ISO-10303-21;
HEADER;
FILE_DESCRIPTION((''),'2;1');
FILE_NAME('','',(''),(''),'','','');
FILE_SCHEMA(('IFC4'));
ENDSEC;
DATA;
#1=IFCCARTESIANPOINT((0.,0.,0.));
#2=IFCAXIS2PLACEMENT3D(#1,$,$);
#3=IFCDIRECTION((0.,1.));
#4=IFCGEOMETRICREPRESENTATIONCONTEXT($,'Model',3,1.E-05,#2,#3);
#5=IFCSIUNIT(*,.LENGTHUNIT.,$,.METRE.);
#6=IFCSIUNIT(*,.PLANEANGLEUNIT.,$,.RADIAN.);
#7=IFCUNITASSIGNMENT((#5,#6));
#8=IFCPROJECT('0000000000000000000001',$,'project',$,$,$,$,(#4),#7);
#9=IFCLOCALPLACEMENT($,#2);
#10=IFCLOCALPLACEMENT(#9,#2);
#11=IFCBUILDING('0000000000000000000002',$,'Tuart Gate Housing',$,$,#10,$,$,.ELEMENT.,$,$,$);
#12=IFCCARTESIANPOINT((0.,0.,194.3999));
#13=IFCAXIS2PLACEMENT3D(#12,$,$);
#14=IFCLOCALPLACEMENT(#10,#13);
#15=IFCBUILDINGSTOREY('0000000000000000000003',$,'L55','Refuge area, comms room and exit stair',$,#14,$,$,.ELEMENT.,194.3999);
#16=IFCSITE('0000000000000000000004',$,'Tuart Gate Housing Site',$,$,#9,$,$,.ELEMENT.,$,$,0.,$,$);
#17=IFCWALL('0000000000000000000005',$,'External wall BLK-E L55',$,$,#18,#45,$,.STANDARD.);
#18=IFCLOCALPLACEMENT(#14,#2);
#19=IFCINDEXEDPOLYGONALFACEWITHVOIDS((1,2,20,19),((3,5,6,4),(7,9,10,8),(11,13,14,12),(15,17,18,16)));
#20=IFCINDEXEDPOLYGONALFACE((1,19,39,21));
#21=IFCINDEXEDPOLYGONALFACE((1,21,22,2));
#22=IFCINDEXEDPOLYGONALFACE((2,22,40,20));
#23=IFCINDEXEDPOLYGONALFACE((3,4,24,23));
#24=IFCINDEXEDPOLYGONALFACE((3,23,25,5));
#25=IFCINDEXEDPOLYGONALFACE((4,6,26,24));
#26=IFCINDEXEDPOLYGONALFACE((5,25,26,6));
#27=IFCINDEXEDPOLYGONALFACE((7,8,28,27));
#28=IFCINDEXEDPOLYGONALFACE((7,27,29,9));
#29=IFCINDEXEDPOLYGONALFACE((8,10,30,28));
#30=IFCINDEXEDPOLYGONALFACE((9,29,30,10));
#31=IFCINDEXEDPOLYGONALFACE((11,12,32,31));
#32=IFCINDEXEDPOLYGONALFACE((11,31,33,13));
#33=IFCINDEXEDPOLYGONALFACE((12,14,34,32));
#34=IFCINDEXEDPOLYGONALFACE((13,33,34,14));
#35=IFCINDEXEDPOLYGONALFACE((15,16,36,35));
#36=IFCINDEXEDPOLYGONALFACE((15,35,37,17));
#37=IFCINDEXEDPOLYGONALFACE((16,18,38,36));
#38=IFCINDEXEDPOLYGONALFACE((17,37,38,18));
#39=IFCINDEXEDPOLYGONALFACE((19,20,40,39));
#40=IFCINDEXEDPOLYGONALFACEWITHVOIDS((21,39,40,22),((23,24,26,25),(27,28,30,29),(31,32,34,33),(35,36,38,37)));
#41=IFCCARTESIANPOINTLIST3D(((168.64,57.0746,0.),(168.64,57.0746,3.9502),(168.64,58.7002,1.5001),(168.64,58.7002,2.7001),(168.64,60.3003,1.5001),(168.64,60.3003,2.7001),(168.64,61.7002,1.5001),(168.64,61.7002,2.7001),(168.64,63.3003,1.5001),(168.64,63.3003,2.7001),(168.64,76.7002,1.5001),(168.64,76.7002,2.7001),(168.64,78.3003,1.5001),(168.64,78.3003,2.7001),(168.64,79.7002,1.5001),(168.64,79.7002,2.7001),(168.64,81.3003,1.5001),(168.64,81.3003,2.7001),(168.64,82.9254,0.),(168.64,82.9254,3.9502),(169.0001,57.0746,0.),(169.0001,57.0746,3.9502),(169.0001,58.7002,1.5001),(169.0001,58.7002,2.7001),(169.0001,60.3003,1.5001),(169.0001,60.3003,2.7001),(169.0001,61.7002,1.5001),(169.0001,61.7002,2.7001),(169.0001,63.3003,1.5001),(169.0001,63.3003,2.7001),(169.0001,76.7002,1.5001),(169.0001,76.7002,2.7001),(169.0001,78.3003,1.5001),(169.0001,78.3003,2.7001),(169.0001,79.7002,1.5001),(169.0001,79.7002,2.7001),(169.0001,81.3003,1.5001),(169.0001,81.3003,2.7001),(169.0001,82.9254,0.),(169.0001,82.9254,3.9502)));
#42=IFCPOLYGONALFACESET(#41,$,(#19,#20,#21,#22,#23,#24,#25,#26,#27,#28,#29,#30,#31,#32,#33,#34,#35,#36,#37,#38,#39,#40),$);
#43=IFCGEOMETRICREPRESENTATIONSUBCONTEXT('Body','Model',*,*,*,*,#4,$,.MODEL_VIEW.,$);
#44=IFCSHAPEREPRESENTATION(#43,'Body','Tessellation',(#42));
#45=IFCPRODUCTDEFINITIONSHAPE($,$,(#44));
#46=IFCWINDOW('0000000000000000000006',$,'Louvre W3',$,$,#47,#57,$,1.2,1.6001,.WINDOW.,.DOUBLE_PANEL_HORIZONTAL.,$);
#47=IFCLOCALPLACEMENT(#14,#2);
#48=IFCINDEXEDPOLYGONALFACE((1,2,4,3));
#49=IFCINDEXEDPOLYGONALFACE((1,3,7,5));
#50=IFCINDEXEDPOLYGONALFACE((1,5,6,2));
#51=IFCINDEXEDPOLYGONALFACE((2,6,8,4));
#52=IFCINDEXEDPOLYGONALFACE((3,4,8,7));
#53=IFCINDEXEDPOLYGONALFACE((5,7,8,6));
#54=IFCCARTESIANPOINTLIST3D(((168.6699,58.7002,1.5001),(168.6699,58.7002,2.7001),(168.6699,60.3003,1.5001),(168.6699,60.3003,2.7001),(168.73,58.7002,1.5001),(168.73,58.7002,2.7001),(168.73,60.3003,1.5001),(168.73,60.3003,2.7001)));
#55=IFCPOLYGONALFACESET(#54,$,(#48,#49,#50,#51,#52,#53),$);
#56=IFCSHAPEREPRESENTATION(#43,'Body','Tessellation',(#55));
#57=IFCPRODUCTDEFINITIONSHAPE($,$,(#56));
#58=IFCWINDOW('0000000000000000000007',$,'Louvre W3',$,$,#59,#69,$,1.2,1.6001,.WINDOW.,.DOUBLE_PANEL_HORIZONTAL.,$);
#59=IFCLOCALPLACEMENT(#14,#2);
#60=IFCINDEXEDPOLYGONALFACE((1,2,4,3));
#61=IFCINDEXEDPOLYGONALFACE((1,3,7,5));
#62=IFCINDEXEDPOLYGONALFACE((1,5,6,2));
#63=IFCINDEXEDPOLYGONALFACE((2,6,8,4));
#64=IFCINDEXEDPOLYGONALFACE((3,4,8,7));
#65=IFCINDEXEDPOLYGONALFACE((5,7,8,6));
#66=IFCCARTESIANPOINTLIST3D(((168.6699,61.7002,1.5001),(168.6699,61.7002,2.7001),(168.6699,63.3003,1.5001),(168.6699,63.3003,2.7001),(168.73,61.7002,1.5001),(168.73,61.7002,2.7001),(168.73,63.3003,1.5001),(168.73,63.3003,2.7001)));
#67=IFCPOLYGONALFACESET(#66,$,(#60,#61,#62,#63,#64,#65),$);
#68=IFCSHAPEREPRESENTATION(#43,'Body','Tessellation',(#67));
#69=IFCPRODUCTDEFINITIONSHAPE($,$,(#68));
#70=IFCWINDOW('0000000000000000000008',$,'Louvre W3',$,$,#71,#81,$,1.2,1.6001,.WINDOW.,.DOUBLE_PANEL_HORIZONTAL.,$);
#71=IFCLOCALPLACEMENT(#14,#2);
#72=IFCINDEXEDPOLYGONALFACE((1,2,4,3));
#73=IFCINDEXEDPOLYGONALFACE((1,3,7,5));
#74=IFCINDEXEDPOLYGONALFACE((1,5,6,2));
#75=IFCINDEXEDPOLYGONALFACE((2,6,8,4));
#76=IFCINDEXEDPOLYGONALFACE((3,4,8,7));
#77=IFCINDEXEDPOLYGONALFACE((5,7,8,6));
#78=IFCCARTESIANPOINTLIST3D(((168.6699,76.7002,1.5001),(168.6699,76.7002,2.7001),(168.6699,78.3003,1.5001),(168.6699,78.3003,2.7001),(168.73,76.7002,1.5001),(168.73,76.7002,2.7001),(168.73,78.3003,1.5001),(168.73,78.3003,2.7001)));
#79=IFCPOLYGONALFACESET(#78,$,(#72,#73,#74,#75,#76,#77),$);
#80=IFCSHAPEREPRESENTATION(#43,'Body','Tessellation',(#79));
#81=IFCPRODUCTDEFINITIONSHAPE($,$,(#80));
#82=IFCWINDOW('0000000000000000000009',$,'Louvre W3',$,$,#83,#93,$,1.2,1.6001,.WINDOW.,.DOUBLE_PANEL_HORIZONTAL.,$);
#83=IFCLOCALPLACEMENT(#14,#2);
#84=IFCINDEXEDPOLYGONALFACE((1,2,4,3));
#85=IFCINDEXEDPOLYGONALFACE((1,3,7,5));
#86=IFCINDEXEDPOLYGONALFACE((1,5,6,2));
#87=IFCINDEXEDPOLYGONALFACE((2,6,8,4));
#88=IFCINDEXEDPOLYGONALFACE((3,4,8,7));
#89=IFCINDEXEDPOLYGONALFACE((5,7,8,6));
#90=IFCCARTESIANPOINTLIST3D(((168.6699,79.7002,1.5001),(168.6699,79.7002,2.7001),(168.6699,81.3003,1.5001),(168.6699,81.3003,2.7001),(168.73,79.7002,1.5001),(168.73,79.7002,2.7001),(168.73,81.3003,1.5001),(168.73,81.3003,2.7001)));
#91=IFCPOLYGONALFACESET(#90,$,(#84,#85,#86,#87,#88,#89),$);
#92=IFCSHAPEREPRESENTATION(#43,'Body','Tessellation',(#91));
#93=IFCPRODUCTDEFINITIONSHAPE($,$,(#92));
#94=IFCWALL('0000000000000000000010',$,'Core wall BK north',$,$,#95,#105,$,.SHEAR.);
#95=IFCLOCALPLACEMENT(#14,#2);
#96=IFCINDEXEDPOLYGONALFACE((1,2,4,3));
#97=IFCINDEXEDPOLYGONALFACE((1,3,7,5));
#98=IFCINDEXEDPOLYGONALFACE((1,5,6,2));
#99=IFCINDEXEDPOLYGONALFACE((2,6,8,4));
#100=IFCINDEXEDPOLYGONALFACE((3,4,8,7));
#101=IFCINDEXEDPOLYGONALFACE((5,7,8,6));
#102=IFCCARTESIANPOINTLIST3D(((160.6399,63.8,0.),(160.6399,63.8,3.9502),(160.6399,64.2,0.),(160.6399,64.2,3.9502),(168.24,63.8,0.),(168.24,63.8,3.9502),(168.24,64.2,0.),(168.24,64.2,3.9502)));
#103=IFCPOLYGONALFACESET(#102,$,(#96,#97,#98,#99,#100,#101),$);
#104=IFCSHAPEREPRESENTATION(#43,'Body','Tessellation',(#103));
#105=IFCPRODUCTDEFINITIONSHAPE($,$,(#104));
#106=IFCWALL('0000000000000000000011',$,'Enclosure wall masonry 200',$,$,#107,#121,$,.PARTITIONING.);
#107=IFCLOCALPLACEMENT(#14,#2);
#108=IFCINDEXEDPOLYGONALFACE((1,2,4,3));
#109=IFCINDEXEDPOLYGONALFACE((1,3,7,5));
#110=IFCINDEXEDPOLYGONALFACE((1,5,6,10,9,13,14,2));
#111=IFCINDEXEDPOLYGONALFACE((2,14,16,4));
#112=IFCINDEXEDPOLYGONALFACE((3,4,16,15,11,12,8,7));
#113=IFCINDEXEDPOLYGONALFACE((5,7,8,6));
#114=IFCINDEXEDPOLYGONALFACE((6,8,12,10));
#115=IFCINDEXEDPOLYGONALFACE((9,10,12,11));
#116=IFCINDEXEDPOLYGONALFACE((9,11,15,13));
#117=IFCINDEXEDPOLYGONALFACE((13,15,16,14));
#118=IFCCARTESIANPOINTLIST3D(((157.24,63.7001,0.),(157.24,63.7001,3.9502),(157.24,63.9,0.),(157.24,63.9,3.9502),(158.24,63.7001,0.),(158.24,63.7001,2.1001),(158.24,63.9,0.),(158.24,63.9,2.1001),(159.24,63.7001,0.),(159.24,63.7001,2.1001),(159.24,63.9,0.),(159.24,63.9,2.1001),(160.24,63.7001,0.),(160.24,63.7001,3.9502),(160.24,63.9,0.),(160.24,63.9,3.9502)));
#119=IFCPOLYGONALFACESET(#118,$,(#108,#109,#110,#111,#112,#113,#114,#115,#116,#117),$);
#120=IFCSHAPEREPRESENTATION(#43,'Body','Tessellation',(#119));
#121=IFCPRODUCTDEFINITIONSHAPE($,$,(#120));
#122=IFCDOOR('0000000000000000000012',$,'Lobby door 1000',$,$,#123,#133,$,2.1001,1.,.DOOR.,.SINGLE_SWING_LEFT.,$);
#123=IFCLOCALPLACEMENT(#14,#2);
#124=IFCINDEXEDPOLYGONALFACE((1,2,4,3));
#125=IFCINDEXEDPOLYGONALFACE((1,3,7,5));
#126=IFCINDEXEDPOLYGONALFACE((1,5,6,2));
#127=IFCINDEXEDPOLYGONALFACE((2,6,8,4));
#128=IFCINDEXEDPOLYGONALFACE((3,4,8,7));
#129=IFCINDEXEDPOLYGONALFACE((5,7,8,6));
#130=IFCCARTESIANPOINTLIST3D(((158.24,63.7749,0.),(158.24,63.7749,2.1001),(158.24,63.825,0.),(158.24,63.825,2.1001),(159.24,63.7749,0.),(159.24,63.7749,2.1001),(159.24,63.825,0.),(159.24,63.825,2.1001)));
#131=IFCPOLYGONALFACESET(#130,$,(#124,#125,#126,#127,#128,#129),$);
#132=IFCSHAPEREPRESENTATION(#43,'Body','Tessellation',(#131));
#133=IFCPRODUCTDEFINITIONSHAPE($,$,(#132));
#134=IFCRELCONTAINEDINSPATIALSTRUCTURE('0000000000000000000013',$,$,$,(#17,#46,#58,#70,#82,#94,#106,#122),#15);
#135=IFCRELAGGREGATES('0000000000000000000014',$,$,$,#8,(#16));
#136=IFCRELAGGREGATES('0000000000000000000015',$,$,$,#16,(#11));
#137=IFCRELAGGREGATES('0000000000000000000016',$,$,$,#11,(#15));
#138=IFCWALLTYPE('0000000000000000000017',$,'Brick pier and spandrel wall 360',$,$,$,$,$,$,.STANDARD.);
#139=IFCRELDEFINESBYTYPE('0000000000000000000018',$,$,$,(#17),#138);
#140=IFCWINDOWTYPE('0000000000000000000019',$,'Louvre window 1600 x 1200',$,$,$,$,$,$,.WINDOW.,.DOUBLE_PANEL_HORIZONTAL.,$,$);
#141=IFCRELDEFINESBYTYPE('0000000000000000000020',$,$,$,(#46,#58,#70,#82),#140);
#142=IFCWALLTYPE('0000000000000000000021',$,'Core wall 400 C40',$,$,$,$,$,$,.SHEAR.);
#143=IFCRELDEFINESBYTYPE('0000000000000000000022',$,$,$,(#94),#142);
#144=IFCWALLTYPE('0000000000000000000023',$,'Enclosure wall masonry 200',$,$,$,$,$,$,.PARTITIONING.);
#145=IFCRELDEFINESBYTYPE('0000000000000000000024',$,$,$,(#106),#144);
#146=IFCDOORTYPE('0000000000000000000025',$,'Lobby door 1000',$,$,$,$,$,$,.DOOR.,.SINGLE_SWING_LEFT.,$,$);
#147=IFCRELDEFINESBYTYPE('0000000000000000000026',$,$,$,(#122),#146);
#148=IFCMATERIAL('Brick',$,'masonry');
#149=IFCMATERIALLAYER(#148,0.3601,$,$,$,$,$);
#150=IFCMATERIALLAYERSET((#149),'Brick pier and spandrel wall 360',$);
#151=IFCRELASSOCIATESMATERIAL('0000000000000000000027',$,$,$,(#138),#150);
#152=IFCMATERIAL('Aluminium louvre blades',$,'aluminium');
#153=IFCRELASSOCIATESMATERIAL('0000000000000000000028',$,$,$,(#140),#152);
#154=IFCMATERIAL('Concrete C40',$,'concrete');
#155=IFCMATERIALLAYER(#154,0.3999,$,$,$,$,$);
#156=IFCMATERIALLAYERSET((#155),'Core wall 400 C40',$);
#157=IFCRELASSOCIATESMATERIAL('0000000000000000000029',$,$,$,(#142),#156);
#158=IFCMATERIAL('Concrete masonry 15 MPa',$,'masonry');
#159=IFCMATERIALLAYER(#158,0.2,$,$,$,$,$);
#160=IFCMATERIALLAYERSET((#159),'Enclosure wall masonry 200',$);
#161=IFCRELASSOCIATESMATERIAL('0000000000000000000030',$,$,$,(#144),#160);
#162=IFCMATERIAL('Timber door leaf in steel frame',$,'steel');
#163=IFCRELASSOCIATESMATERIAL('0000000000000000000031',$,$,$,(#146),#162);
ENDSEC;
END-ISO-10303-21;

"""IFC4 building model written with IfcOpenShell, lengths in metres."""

from ifc_helpers import new_model, si_unit, direction, frame, frame_2d, origin, place, context, subcontext, project, spatial, rectangle, extrude, material, layer, layer_set, type_object, element, fill, save


model = new_model("IFC4")

# Units and contexts
model_context = context("Model", 3, precision=1e-05, world=origin(), true_north=direction((0.0, 1.0)))
body_context = subcontext(model_context, "Body", "Model", "MODEL_VIEW")
ifc_project = project(units=[si_unit("LENGTHUNIT", "METRE"), si_unit("PLANEANGLEUNIT", "RADIAN")], contexts=[model_context])

# Site, building, storey
site_placement = place(None, origin())
site = spatial("IfcSite", under=ifc_project, at=site_placement, Name="Tuart Gate Housing Site", CompositionType="ELEMENT", RefElevation=0.0)
building_placement = place(site_placement, origin())
building = spatial("IfcBuilding", under=site, at=building_placement, Name="Tuart Gate Housing", CompositionType="ELEMENT")
storey_placement = place(building_placement, frame((0.0, 0.0, 194.3999)))
storey = spatial("IfcBuildingStorey", under=building, at=storey_placement, Name="L55", Description="Refuge area, comms room and exit stair", CompositionType="ELEMENT", Elevation=194.3999)

# Shared definitions
ifc_material_1 = material(Name="Brick", Category="masonry")
ifc_layer_1 = layer(ifc_material_1, 0.3601)
ifc_layer_set_1 = layer_set([ifc_layer_1], Name="Brick pier and spandrel wall 360")
wall_type_1 = type_object("IfcWallType", Name="Brick pier and spandrel wall 360", PredefinedType="STANDARD", material=ifc_layer_set_1)

# Wall, openings, windows
wall_1_placement = place(storey_placement, frame((168.8201, 57.0747, 0.0), z_axis=(0.0, 0.0, 1.0), x_axis=(0.0, 1.0, 0.0)))
wall_1 = element("IfcWall", 1, at=wall_1_placement, inside=storey, type_object=wall_type_1, Name="External wall BLK-E L55", PredefinedType="STANDARD", context=body_context, shape_type="SweptSolid", body=[
    extrude(rectangle(XDim=25.8508, YDim=0.3601, at=frame_2d((12.9253, 0.0))), origin(), (0.0, 0.0, 1.0), 3.9502),
])
opening_1_placement = place(wall_1_placement, frame((1.6255, 0.0, 1.5)))
opening_1 = element("IfcOpeningElement", 2, at=opening_1_placement, cuts=wall_1, PredefinedType="OPENING", context=body_context, shape_type="SweptSolid", body=[
    extrude(rectangle(XDim=1.6001, YDim=1.2, at=frame_2d((0.8, 0.6001))), frame((0.0, 0.1899, 0.0), z_axis=(0.0, -1.0, 0.0), x_axis=(1.0, 0.0, 0.0)), (0.0, 0.0, 1.0), 0.3801),
])
opening_2_placement = place(wall_1_placement, frame((4.6255, 0.0, 1.5)))
opening_2 = element("IfcOpeningElement", 3, at=opening_2_placement, cuts=wall_1, PredefinedType="OPENING", context=body_context, shape_type="SweptSolid", body=[
    extrude(rectangle(XDim=1.6001, YDim=1.2, at=frame_2d((0.8, 0.6001))), frame((0.0, 0.1899, 0.0), z_axis=(0.0, -1.0, 0.0), x_axis=(1.0, 0.0, 0.0)), (0.0, 0.0, 1.0), 0.3801),
])
opening_3_placement = place(wall_1_placement, frame((19.6255, 0.0, 1.5)))
opening_3 = element("IfcOpeningElement", 4, at=opening_3_placement, cuts=wall_1, PredefinedType="OPENING", context=body_context, shape_type="SweptSolid", body=[
    extrude(rectangle(XDim=1.6001, YDim=1.2, at=frame_2d((0.8, 0.6001))), frame((0.0, 0.1899, 0.0), z_axis=(0.0, -1.0, 0.0), x_axis=(1.0, 0.0, 0.0)), (0.0, 0.0, 1.0), 0.3801),
])
opening_4_placement = place(wall_1_placement, frame((22.6255, 0.0, 1.5)))
opening_4 = element("IfcOpeningElement", 5, at=opening_4_placement, cuts=wall_1, PredefinedType="OPENING", context=body_context, shape_type="SweptSolid", body=[
    extrude(rectangle(XDim=1.6001, YDim=1.2, at=frame_2d((0.8, 0.6001))), frame((0.0, 0.1899, 0.0), z_axis=(0.0, -1.0, 0.0), x_axis=(1.0, 0.0, 0.0)), (0.0, 0.0, 1.0), 0.3801),
])
ifc_material_2 = material(Name="Aluminium louvre blades", Category="aluminium")
window_type = type_object("IfcWindowType", Name="Louvre window 1600 x 1200", PartitioningType="DOUBLE_PANEL_HORIZONTAL", PredefinedType="WINDOW", material=ifc_material_2)
window_1_placement = place(opening_1_placement, origin())
window_1 = element("IfcWindow", 6, at=window_1_placement, inside=storey, type_object=window_type, Name="Louvre W3", OverallHeight=1.2, OverallWidth=1.6001, PartitioningType="DOUBLE_PANEL_HORIZONTAL", PredefinedType="WINDOW", context=body_context, shape_type="SweptSolid", body=[
    extrude(rectangle(XDim=1.6001, YDim=1.2, at=frame_2d((0.8, 0.6001))), frame((0.0, 0.1501, 0.0), z_axis=(0.0, -1.0, 0.0), x_axis=(1.0, 0.0, 0.0)), (0.0, 0.0, 1.0), 0.0601),
])
fill(opening_1, window_1)
window_2_placement = place(opening_2_placement, origin())
window_2 = element("IfcWindow", 7, at=window_2_placement, inside=storey, type_object=window_type, Name="Louvre W3", OverallHeight=1.2, OverallWidth=1.6001, PartitioningType="DOUBLE_PANEL_HORIZONTAL", PredefinedType="WINDOW", context=body_context, shape_type="SweptSolid", body=[
    extrude(rectangle(XDim=1.6001, YDim=1.2, at=frame_2d((0.8, 0.6001))), frame((0.0, 0.1501, 0.0), z_axis=(0.0, -1.0, 0.0), x_axis=(1.0, 0.0, 0.0)), (0.0, 0.0, 1.0), 0.0601),
])
fill(opening_2, window_2)
window_3_placement = place(opening_3_placement, origin())
window_3 = element("IfcWindow", 8, at=window_3_placement, inside=storey, type_object=window_type, Name="Louvre W3", OverallHeight=1.2, OverallWidth=1.6001, PartitioningType="DOUBLE_PANEL_HORIZONTAL", PredefinedType="WINDOW", context=body_context, shape_type="SweptSolid", body=[
    extrude(rectangle(XDim=1.6001, YDim=1.2, at=frame_2d((0.8, 0.6001))), frame((0.0, 0.1501, 0.0), z_axis=(0.0, -1.0, 0.0), x_axis=(1.0, 0.0, 0.0)), (0.0, 0.0, 1.0), 0.0601),
])
fill(opening_3, window_3)
window_4_placement = place(opening_4_placement, origin())
window_4 = element("IfcWindow", 9, at=window_4_placement, inside=storey, type_object=window_type, Name="Louvre W3", OverallHeight=1.2, OverallWidth=1.6001, PartitioningType="DOUBLE_PANEL_HORIZONTAL", PredefinedType="WINDOW", context=body_context, shape_type="SweptSolid", body=[
    extrude(rectangle(XDim=1.6001, YDim=1.2, at=frame_2d((0.8, 0.6001))), frame((0.0, 0.1501, 0.0), z_axis=(0.0, -1.0, 0.0), x_axis=(1.0, 0.0, 0.0)), (0.0, 0.0, 1.0), 0.0601),
])
fill(opening_4, window_4)

# Wall
ifc_material_3 = material(Name="Concrete C40", Category="concrete")
ifc_layer_2 = layer(ifc_material_3, 0.3999)
ifc_layer_set_2 = layer_set([ifc_layer_2], Name="Core wall 400 C40")
wall_type_2 = type_object("IfcWallType", Name="Core wall 400 C40", PredefinedType="SHEAR", material=ifc_layer_set_2)
wall_2_placement = place(storey_placement, frame((160.6399, 64.0, 0.0), z_axis=(0.0, 0.0, 1.0), x_axis=(1.0, 0.0, 0.0)))
element("IfcWall", 10, at=wall_2_placement, inside=storey, type_object=wall_type_2, Name="Core wall BK north", PredefinedType="SHEAR", context=body_context, shape_type="SweptSolid", body=[
    extrude(rectangle(XDim=7.6001, YDim=0.3999, at=frame_2d((3.8, 0.0))), origin(), (0.0, 0.0, 1.0), 3.9502),
])

# Wall, opening, door
ifc_material_4 = material(Name="Concrete masonry 15 MPa", Category="masonry")
ifc_layer_3 = layer(ifc_material_4, 0.2)
ifc_layer_set_3 = layer_set([ifc_layer_3], Name="Enclosure wall masonry 200")
wall_type_3 = type_object("IfcWallType", Name="Enclosure wall masonry 200", PredefinedType="PARTITIONING", material=ifc_layer_set_3)
wall_3_placement = place(storey_placement, frame((157.24, 63.8, 0.0), z_axis=(0.0, 0.0, 1.0), x_axis=(1.0, 0.0, 0.0)))
wall_3 = element("IfcWall", 11, at=wall_3_placement, inside=storey, type_object=wall_type_3, Name="Enclosure wall masonry 200", PredefinedType="PARTITIONING", context=body_context, shape_type="SweptSolid", body=[
    extrude(rectangle(XDim=3.0, YDim=0.2, at=frame_2d((1.5, 0.0))), origin(), (0.0, 0.0, 1.0), 3.9502),
])
opening_5_placement = place(wall_3_placement, frame((1.0, 0.0, 0.0)))
opening_5 = element("IfcOpeningElement", 12, at=opening_5_placement, cuts=wall_3, PredefinedType="OPENING", context=body_context, shape_type="SweptSolid", body=[
    extrude(rectangle(XDim=1.0, YDim=2.1001, at=frame_2d((0.5, 1.05))), frame((0.0, 0.1099, 0.0), z_axis=(0.0, -1.0, 0.0), x_axis=(1.0, 0.0, 0.0)), (0.0, 0.0, 1.0), 0.22),
])
ifc_material_5 = material(Name="Timber door leaf in steel frame", Category="steel")
door_type_1 = type_object("IfcDoorType", Name="Lobby door 1000", OperationType="SINGLE_SWING_LEFT", PredefinedType="DOOR", material=ifc_material_5)
door_1_placement = place(opening_5_placement, origin())
door_1 = element("IfcDoor", 13, at=door_1_placement, inside=storey, type_object=door_type_1, Name="Lobby door 1000", OperationType="SINGLE_SWING_LEFT", OverallHeight=2.1001, OverallWidth=1.0, PredefinedType="DOOR", context=body_context, shape_type="SweptSolid", body=[
    extrude(rectangle(XDim=1.0, YDim=2.1001, at=frame_2d((0.5, 1.05))), frame((0.0, 0.0249, 0.0), z_axis=(0.0, -1.0, 0.0), x_axis=(1.0, 0.0, 0.0)), (0.0, 0.0, 1.0), 0.05),
])
fill(opening_5, door_1)

save(model, "model.ifc")
